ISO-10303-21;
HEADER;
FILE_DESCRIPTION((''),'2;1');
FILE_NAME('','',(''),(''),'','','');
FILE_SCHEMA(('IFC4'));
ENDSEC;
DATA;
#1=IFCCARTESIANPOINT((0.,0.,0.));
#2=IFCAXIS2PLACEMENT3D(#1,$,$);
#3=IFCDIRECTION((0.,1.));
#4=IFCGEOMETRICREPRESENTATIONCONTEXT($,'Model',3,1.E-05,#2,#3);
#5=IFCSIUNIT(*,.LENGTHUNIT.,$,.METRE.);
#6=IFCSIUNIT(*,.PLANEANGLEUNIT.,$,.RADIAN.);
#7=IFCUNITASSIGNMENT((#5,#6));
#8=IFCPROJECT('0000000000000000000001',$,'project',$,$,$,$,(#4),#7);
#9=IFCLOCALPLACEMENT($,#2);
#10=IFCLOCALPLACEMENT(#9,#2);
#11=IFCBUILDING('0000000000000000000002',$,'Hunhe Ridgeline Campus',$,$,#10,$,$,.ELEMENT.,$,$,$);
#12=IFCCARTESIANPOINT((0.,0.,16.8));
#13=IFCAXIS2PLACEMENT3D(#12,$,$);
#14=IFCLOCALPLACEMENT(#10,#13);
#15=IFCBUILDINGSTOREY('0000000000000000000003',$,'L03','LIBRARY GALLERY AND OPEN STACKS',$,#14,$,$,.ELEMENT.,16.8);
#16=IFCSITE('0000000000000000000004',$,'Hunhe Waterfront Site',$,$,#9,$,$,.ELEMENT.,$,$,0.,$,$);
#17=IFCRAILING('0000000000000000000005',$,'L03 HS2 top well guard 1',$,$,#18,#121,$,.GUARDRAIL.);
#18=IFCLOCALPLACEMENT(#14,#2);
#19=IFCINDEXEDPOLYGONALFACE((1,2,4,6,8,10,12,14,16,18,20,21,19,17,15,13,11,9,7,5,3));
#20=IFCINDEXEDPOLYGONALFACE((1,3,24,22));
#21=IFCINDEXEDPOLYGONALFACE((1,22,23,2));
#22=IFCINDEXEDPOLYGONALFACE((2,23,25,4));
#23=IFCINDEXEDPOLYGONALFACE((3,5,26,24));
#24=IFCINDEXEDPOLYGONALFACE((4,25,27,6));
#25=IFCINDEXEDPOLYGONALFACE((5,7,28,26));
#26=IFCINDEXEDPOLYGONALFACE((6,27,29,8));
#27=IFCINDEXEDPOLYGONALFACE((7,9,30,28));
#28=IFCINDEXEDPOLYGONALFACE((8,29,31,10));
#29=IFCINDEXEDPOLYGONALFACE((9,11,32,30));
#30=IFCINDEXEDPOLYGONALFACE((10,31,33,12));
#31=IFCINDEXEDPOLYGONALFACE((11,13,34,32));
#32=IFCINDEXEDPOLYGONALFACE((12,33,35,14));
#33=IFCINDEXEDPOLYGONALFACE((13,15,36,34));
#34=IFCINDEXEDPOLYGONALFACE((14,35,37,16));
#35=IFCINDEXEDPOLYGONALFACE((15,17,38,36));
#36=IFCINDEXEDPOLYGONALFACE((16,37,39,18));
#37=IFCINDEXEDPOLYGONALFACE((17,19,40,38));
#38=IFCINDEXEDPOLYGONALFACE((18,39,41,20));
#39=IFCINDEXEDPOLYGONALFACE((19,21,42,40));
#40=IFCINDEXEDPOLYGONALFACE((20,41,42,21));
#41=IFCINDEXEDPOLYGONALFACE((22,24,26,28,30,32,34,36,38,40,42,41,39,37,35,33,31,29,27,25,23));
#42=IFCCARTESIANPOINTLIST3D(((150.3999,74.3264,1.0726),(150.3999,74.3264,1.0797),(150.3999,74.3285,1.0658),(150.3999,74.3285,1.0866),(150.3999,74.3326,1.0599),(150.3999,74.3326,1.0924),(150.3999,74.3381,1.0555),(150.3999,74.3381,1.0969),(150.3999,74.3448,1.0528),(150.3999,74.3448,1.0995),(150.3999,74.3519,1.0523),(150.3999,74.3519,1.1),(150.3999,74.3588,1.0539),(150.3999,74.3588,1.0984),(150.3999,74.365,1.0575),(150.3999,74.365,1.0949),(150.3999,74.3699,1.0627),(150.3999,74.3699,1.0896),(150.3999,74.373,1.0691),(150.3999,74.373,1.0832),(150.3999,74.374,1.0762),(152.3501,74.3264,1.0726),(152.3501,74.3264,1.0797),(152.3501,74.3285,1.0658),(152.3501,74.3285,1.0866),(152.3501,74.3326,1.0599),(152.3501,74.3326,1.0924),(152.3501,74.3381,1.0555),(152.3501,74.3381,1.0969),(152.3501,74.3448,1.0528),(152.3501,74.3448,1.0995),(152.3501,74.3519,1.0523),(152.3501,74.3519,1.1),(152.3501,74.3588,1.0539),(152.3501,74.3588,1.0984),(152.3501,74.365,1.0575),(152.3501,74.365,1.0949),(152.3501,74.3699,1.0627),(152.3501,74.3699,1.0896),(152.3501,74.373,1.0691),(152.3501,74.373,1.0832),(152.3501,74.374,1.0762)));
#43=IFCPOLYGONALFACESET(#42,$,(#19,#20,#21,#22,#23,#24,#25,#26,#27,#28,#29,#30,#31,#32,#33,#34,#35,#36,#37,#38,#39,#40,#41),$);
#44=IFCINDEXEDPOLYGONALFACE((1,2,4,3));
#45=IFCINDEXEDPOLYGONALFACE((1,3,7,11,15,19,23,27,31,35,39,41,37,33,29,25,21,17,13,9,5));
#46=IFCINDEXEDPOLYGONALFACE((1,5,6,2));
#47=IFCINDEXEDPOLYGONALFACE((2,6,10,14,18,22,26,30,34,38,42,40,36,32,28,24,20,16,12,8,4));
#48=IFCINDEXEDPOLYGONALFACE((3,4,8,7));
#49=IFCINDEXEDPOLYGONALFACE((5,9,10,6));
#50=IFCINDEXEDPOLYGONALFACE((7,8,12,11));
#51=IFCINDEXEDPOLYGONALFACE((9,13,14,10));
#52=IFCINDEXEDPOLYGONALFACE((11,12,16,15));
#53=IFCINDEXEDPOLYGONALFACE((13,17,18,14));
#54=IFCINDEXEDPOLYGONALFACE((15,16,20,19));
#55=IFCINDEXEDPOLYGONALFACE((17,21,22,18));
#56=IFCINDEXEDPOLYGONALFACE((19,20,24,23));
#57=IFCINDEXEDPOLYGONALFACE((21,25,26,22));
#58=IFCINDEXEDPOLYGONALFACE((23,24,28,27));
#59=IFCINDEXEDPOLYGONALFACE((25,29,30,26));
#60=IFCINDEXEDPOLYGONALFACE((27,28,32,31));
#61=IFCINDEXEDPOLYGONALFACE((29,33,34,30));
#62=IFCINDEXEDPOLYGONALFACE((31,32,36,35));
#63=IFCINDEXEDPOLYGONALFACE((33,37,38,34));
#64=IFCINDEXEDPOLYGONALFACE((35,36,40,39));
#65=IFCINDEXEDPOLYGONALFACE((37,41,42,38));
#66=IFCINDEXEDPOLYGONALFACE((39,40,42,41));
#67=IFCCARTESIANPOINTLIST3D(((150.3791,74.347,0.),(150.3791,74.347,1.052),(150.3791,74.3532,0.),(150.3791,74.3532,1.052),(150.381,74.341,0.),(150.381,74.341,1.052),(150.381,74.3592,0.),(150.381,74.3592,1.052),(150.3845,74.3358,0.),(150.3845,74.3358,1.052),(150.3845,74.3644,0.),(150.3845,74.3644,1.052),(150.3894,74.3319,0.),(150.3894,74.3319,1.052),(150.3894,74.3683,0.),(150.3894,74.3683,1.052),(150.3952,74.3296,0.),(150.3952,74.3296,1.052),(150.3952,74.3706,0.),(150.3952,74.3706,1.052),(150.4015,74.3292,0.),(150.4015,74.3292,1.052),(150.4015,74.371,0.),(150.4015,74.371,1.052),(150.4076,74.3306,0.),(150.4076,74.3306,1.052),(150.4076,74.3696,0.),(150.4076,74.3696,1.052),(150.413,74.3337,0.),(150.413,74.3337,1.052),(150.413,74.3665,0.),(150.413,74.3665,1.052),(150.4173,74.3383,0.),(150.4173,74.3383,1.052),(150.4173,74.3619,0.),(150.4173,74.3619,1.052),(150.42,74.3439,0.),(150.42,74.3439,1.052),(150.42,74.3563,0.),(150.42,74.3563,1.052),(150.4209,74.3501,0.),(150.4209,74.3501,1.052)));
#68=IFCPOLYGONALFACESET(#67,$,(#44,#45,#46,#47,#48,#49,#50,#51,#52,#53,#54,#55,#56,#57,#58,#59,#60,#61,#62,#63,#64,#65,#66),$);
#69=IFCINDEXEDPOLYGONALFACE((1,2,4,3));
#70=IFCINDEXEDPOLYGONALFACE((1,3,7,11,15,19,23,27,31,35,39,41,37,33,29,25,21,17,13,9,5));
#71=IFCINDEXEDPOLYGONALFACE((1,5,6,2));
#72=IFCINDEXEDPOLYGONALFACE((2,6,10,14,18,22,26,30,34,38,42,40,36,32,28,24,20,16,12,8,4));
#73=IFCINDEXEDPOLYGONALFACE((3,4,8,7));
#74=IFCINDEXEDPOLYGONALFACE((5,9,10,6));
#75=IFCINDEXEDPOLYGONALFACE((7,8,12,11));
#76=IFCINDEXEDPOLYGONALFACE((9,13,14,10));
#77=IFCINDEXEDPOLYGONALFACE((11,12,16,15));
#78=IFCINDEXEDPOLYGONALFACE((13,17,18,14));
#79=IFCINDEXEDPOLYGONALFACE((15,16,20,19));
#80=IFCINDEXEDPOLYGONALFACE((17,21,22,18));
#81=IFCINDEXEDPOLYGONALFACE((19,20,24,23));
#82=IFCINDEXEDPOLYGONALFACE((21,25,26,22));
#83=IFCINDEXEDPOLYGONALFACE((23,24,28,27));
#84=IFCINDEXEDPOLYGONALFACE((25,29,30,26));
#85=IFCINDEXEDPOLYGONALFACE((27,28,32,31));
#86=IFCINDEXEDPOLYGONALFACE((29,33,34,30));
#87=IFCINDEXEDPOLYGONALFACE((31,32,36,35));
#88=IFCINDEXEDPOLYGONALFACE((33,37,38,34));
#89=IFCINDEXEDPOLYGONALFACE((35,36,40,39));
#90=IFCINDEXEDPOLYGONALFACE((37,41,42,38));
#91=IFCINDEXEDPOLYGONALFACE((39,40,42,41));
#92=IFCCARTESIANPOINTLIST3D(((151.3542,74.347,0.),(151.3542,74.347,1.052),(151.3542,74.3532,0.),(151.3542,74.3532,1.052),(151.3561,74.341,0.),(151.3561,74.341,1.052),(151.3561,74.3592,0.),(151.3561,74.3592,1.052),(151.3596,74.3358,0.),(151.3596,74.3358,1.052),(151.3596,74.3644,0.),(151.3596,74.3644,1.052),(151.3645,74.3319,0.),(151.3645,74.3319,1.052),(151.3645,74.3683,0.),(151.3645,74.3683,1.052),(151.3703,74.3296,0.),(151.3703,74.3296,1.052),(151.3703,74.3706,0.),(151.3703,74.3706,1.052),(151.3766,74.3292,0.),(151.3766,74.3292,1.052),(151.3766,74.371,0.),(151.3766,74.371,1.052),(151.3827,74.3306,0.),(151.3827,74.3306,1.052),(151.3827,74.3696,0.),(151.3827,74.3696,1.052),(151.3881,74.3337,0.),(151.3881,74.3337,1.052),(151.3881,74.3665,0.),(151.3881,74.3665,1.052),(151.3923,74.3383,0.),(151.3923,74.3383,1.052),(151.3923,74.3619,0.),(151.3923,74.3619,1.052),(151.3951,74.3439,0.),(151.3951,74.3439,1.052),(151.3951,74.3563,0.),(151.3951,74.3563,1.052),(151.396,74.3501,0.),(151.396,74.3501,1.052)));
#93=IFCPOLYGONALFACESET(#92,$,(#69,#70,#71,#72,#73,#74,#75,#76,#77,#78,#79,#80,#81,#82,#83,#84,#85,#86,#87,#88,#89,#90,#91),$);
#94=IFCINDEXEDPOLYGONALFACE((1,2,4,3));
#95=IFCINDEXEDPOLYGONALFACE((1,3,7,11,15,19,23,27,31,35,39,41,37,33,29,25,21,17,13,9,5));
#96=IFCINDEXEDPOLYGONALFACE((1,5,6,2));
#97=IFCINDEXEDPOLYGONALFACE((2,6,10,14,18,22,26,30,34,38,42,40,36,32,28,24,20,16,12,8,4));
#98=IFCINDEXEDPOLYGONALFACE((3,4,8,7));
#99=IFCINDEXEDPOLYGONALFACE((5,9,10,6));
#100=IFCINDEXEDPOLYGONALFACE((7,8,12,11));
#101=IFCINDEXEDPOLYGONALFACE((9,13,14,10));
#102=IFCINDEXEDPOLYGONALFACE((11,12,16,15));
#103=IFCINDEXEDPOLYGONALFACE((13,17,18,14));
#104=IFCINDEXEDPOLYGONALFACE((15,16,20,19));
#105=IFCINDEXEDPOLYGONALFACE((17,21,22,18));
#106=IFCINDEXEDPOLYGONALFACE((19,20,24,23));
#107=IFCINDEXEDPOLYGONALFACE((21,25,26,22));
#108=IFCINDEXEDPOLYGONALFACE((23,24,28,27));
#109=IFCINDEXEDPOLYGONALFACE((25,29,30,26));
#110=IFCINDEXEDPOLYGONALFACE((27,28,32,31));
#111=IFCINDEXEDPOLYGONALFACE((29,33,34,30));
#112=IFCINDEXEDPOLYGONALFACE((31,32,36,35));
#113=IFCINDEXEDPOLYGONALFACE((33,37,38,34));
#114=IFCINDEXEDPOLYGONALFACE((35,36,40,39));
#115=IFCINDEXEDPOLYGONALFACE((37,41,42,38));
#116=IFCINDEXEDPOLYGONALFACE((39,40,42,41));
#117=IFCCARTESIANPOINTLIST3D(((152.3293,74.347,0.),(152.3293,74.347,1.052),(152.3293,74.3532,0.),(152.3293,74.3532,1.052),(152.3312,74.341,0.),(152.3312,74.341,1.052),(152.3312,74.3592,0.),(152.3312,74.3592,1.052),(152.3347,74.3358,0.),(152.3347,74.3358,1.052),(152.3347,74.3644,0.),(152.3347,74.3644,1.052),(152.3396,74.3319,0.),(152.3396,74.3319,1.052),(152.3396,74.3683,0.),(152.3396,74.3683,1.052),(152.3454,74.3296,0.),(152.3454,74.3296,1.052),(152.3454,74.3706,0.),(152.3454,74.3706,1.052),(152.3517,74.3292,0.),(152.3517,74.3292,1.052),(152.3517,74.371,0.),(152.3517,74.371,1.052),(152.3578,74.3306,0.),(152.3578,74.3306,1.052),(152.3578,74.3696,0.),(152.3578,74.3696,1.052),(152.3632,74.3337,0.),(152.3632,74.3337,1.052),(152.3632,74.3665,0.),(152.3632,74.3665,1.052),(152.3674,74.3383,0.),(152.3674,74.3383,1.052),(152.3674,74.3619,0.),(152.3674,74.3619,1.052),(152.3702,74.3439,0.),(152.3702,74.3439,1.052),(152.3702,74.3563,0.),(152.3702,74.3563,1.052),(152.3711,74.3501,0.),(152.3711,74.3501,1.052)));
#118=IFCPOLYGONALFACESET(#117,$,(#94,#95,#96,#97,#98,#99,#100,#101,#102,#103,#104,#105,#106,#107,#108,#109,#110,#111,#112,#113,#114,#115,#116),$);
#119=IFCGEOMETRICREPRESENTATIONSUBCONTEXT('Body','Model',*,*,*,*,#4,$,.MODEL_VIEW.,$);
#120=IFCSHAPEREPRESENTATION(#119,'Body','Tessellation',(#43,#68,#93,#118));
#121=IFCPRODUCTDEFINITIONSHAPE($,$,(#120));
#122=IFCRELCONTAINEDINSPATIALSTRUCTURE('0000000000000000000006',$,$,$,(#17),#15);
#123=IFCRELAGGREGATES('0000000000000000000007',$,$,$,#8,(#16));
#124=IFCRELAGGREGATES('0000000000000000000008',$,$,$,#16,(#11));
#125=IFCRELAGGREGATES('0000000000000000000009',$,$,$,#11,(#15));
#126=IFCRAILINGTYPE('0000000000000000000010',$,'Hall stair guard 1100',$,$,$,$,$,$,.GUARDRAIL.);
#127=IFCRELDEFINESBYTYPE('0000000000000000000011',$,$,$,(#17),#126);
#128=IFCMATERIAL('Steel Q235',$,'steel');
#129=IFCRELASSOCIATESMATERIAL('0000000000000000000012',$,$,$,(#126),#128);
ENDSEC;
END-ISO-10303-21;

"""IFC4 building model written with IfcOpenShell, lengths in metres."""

from ifc_helpers import new_model, si_unit, direction, frame, origin, origin_2d, place, context, subcontext, project, spatial, circle, extrude, material, type_object, element, save


model = new_model("IFC4")

# Units and contexts
model_context = context("Model", 3, precision=1e-05, world=origin(), true_north=direction((0.0, 1.0)))
body_context = subcontext(model_context, "Body", "Model", "MODEL_VIEW")
ifc_project = project(units=[si_unit("LENGTHUNIT", "METRE"), si_unit("PLANEANGLEUNIT", "RADIAN")], contexts=[model_context])

# Site, building, storey
site_placement = place(None, origin())
site = spatial("IfcSite", under=ifc_project, at=site_placement, Name="Hunhe Waterfront Site", CompositionType="ELEMENT", RefElevation=0.0)
building_placement = place(site_placement, origin())
building = spatial("IfcBuilding", under=site, at=building_placement, Name="Hunhe Ridgeline Campus", CompositionType="ELEMENT")
storey_placement = place(building_placement, frame((0.0, 0.0, 16.8)))
storey = spatial("IfcBuildingStorey", under=building, at=storey_placement, Name="L03", Description="LIBRARY GALLERY AND OPEN STACKS", CompositionType="ELEMENT", Elevation=16.8)

# Railing
ifc_material_1 = material(Name="Steel Q235", Category="steel")
railing_type = type_object("IfcRailingType", Name="Hall stair guard 1100", PredefinedType="GUARDRAIL", material=ifc_material_1)
railing_1_placement = place(storey_placement, frame((150.3999, 74.3501, 0.0)))
element("IfcRailing", 1, at=railing_1_placement, inside=storey, type_object=railing_type, Name="L03 HS2 top well guard 1", PredefinedType="GUARDRAIL", context=body_context, shape_type="SweptSolid", body=[
    extrude(circle(Radius=0.0239, at=origin_2d()), frame((0.0, 0.0, 1.0762), z_axis=(1.0, 0.0, 0.0), x_axis=(0.0, 1.0, 0.0)), (0.0, 0.0, 1.0), 1.9502),
    extrude(circle(Radius=0.021, at=origin_2d()), origin(), (0.0, 0.0, 1.0), 1.052),
    extrude(circle(Radius=0.021, at=origin_2d()), frame((0.9751, 0.0, 0.0)), (0.0, 0.0, 1.0), 1.052),
    extrude(circle(Radius=0.021, at=origin_2d()), frame((1.9502, 0.0, 0.0)), (0.0, 0.0, 1.0), 1.052),
])

save(model, "model.ifc")
